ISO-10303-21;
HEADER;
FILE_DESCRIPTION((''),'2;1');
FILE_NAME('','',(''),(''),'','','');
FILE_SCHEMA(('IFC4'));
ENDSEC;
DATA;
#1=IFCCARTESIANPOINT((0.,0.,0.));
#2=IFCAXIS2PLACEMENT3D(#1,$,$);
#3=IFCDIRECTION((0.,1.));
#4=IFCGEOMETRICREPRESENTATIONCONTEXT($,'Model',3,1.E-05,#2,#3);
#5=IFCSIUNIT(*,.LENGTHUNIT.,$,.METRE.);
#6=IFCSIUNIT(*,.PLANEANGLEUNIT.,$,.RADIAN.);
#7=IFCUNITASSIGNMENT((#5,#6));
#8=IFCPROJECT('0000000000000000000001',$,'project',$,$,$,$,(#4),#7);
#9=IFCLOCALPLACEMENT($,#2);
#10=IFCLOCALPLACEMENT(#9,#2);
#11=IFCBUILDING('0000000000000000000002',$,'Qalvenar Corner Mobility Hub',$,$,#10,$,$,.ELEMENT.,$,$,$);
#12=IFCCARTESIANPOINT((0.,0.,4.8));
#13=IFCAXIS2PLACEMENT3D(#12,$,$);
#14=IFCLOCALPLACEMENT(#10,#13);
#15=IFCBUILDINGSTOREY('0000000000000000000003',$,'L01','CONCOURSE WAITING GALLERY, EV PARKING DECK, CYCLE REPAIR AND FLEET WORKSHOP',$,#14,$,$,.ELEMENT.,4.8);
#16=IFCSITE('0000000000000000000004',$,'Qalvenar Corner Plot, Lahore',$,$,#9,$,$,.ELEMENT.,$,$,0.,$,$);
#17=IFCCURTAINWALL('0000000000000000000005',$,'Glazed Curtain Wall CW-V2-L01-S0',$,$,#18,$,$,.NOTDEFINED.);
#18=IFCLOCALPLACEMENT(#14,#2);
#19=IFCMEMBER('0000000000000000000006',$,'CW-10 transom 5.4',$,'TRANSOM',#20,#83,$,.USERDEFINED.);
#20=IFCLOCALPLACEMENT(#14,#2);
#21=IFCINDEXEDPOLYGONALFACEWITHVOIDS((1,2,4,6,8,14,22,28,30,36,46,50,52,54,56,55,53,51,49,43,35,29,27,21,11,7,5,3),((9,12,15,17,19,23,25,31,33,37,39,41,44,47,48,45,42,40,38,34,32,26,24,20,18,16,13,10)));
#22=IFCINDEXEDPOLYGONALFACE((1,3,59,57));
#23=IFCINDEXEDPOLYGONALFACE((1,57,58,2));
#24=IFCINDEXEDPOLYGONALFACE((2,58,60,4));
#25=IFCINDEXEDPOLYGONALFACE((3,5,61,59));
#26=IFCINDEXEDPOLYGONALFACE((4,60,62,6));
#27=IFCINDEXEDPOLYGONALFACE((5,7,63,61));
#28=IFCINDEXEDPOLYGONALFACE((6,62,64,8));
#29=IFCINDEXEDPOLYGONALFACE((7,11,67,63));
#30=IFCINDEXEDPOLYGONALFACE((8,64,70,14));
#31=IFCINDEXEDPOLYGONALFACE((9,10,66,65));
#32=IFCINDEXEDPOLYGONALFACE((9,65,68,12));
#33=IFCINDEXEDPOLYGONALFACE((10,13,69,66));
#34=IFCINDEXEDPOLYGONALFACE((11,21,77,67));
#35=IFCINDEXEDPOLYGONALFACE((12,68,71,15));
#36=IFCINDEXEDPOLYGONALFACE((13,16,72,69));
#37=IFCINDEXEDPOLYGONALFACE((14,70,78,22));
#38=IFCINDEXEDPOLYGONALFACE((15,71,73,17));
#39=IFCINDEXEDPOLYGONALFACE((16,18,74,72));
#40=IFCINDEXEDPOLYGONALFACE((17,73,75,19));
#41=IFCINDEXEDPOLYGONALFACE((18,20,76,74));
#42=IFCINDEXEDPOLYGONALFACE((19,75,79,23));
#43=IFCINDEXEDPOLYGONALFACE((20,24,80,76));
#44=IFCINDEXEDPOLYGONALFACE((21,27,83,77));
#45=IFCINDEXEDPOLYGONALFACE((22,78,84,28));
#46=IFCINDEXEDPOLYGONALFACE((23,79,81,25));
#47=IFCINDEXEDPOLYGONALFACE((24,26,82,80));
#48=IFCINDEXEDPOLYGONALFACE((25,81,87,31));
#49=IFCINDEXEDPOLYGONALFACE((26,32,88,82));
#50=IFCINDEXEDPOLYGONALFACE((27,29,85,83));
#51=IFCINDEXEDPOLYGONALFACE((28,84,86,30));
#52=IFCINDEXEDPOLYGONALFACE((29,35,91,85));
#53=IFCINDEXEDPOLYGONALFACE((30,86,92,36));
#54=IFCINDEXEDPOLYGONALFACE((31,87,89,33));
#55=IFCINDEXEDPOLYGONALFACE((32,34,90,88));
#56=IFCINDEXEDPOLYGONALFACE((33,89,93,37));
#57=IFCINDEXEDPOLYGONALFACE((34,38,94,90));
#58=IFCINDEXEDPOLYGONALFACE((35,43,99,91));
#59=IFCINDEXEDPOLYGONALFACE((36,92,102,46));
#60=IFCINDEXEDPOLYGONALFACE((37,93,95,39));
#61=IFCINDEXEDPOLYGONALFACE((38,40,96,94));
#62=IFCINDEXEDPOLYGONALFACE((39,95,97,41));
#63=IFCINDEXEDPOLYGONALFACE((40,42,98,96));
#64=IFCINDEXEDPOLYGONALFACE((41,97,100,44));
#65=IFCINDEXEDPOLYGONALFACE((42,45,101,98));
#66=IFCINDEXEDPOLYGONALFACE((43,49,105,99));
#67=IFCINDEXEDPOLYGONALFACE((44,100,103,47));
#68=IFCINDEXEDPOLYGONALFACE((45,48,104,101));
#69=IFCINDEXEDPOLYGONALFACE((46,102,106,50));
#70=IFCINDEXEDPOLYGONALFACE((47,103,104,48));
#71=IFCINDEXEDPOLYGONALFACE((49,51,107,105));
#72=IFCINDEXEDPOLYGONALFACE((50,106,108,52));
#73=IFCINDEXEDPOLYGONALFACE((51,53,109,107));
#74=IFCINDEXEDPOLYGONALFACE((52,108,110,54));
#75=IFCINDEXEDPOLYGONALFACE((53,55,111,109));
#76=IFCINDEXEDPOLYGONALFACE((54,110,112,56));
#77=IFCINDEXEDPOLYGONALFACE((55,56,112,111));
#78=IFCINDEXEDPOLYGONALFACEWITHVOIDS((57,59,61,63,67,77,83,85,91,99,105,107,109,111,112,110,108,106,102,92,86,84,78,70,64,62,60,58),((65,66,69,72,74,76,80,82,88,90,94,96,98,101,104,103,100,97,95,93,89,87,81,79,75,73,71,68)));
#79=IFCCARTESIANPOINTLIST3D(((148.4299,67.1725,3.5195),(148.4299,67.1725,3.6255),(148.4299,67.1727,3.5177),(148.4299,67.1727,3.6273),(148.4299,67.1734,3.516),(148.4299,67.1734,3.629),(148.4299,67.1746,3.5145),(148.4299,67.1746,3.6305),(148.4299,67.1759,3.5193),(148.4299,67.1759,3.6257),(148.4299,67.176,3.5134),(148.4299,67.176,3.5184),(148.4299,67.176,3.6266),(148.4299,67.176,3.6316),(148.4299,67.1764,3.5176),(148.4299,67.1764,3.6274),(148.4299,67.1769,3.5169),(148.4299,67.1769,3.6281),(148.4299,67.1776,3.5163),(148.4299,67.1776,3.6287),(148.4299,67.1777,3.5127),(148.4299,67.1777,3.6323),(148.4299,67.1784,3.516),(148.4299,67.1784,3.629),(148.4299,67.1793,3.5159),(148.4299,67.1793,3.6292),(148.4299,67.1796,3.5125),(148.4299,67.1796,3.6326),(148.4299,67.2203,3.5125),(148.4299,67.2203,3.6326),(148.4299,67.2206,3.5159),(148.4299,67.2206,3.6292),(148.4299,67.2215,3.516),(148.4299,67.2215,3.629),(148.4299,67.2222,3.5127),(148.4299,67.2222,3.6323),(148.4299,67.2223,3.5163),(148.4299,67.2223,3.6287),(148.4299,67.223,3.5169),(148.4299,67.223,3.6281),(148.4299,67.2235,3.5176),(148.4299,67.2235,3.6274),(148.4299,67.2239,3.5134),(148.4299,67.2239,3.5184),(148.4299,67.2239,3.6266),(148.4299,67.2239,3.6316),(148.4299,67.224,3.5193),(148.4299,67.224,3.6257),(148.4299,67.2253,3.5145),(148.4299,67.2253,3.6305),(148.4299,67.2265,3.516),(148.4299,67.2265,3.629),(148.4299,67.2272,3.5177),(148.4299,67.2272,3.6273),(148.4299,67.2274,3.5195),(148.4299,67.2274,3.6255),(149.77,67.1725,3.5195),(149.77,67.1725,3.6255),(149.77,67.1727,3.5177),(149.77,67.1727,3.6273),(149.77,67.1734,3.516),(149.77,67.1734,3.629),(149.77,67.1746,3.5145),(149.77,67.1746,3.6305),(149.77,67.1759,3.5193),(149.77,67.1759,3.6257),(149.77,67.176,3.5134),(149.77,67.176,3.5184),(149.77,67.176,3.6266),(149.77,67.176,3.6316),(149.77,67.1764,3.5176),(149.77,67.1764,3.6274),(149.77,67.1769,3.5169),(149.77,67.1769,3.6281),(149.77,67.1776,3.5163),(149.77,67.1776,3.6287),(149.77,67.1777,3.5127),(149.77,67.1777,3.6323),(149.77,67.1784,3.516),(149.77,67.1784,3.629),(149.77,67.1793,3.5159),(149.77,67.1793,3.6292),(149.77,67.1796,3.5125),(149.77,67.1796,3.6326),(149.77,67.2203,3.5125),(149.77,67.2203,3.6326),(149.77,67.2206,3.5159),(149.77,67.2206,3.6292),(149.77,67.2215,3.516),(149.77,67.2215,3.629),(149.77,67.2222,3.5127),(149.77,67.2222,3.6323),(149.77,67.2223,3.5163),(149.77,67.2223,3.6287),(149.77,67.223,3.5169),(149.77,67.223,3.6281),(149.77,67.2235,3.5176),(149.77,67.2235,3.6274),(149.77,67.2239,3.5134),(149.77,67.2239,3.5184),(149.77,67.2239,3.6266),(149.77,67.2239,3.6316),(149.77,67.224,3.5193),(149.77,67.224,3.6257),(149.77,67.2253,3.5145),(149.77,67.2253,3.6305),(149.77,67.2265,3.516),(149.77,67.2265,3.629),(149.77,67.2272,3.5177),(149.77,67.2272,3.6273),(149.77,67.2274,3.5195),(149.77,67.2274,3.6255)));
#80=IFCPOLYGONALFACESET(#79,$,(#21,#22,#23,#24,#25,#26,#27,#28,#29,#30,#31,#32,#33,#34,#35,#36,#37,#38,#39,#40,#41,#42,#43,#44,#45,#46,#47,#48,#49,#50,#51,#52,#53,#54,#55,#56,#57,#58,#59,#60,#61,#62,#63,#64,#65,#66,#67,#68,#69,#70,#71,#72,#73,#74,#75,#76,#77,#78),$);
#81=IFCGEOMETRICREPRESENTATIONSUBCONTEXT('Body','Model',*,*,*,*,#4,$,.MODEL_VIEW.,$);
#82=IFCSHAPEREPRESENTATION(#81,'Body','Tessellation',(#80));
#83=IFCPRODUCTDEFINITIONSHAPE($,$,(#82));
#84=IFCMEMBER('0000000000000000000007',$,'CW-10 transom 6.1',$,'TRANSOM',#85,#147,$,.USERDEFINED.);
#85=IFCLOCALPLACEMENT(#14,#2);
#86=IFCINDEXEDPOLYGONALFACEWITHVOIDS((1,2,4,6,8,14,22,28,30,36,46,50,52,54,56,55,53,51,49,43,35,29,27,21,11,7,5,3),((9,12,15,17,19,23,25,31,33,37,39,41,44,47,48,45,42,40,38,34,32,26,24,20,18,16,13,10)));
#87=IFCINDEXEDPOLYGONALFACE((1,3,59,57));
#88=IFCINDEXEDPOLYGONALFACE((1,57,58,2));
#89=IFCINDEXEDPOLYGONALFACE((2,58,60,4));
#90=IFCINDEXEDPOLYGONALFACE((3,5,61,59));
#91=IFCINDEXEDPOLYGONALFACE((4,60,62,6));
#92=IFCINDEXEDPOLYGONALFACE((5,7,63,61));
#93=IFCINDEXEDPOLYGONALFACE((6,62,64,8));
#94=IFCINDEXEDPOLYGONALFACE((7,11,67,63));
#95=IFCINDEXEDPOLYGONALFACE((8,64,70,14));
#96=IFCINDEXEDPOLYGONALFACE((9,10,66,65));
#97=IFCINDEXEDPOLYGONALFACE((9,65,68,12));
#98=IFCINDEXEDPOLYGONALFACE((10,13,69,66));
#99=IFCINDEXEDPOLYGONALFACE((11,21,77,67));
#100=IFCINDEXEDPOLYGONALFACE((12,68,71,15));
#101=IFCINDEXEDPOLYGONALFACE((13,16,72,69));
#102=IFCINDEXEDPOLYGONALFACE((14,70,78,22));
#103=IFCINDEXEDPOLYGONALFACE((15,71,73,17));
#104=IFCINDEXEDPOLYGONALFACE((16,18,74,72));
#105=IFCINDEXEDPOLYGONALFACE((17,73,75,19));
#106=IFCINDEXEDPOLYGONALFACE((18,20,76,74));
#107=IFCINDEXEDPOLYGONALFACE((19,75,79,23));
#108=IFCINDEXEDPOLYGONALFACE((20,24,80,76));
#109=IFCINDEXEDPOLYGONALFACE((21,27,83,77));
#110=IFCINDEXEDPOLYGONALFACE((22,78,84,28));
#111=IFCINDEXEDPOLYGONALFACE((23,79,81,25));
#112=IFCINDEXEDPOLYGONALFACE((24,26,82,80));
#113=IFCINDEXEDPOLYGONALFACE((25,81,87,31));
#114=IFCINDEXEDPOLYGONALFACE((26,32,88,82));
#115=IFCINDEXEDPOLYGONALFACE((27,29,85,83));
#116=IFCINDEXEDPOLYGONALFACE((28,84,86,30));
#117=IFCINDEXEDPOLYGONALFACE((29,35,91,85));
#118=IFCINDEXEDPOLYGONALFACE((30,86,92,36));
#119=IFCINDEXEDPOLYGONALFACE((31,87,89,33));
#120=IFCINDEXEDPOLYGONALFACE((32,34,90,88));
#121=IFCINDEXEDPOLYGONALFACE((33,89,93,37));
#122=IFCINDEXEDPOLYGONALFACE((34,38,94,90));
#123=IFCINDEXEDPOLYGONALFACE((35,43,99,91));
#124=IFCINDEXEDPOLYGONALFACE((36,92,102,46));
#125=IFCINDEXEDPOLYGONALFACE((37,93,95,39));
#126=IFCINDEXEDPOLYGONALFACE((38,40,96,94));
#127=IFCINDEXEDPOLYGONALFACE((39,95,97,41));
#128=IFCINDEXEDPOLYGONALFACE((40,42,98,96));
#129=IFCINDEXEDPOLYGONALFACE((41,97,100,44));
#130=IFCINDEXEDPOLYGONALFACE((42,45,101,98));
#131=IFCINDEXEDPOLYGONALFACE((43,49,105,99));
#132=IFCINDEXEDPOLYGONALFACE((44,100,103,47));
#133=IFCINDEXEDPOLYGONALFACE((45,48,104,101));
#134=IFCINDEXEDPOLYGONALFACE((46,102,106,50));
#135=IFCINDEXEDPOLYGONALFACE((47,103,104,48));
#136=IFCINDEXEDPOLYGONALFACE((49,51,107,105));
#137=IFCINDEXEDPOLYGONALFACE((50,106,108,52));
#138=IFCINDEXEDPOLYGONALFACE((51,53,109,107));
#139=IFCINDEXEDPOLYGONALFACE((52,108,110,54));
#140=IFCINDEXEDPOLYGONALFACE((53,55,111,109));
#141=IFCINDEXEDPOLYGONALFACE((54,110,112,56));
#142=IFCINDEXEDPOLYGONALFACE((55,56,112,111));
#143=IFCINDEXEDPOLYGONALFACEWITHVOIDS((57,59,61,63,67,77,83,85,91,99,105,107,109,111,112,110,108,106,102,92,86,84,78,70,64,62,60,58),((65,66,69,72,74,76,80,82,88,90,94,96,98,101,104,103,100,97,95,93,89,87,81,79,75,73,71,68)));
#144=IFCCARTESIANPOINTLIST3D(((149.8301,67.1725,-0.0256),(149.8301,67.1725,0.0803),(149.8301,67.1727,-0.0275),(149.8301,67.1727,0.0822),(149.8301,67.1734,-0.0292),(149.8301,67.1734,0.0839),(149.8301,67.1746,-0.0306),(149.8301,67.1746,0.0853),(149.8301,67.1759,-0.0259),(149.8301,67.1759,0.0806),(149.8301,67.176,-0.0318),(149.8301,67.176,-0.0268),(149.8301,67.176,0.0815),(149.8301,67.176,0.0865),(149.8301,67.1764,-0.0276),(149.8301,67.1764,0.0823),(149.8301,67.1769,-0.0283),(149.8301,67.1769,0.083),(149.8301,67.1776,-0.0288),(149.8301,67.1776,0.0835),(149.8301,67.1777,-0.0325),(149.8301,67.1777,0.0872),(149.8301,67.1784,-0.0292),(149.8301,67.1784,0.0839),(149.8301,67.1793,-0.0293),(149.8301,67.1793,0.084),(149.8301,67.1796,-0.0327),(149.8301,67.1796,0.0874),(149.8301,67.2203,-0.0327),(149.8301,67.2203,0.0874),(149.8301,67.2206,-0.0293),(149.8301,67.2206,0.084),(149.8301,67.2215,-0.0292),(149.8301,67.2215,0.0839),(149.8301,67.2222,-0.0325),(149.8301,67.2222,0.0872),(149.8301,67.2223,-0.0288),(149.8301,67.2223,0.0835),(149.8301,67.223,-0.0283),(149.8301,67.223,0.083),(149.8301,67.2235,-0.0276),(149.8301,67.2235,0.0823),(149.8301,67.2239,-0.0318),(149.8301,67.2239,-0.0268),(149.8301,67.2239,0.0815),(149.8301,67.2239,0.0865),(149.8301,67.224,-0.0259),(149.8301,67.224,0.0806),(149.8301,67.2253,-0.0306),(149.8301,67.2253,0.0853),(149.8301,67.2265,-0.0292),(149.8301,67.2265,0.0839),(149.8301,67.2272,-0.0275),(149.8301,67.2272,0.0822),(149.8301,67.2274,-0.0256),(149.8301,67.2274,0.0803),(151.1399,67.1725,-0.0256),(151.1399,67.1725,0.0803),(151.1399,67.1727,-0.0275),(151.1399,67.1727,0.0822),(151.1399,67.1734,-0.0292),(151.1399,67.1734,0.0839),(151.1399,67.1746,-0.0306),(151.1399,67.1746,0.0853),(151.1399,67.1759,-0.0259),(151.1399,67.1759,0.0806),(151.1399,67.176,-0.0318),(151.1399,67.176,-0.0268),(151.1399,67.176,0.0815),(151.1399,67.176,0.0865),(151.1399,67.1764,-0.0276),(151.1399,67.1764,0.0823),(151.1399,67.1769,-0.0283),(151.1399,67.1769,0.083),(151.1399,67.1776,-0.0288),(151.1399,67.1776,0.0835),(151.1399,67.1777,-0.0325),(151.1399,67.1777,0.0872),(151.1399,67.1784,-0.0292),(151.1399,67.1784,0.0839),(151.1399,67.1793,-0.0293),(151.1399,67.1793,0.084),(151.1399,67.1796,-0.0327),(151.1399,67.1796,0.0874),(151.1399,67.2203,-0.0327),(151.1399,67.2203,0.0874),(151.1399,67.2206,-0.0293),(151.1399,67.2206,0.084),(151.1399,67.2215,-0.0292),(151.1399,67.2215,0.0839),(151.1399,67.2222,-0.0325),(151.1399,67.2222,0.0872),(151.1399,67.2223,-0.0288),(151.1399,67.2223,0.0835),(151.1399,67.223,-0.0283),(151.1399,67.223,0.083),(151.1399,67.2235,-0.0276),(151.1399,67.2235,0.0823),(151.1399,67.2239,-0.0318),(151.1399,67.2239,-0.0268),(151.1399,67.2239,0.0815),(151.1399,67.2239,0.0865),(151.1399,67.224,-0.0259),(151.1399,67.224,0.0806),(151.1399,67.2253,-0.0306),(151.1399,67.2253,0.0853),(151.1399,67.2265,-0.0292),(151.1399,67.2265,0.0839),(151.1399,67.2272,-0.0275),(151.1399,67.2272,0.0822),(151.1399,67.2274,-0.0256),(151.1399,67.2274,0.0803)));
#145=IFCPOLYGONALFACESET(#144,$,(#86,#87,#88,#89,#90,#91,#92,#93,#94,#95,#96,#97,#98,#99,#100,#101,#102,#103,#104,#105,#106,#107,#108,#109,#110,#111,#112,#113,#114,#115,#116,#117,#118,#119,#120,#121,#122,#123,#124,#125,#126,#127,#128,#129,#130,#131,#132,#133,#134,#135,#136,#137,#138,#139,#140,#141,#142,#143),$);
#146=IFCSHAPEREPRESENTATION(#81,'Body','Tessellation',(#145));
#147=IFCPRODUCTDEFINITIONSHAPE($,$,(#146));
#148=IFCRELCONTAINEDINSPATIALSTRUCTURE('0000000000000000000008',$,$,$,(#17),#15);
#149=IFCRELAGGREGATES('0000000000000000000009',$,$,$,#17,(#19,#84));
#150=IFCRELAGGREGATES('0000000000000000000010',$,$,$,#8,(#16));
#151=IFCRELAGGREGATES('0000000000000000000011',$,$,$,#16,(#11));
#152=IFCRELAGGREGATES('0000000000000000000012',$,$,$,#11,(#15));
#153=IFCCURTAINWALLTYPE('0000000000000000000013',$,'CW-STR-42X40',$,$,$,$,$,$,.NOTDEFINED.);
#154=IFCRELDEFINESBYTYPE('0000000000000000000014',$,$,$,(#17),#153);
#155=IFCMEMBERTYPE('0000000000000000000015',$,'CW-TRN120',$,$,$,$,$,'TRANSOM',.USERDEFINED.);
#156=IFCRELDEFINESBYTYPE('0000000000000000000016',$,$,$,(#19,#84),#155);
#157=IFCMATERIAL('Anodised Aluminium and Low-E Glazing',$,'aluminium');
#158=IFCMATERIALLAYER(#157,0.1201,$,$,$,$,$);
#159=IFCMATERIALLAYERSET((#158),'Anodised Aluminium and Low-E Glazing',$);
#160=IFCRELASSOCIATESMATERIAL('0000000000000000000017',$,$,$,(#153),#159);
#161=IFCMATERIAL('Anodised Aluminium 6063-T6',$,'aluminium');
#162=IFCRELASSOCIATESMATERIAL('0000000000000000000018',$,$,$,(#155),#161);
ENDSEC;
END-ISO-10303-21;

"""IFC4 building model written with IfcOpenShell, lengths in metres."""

from ifc_helpers import new_model, si_unit, direction, frame, origin, origin_2d, place, context, subcontext, project, spatial, hollow_rectangle, extrude, material, layer, layer_set, material_profile, profile_set, type_object, element, aggregate, save


model = new_model("IFC4")

# Units and contexts
model_context = context("Model", 3, precision=1e-05, world=origin(), true_north=direction((0.0, 1.0)))
body_context = subcontext(model_context, "Body", "Model", "MODEL_VIEW")
ifc_project = project(units=[si_unit("LENGTHUNIT", "METRE"), si_unit("PLANEANGLEUNIT", "RADIAN")], contexts=[model_context])

# Site, building, storey
site_placement = place(None, origin())
site = spatial("IfcSite", under=ifc_project, at=site_placement, Name="Qalvenar Corner Plot, Lahore", CompositionType="ELEMENT", RefElevation=0.0)
building_placement = place(site_placement, origin())
building = spatial("IfcBuilding", under=site, at=building_placement, Name="Qalvenar Corner Mobility Hub", CompositionType="ELEMENT")
storey_placement = place(building_placement, frame((0.0, 0.0, 4.8)))
storey = spatial("IfcBuildingStorey", under=building, at=storey_placement, Name="L01", Description="CONCOURSE WAITING GALLERY, EV PARKING DECK, CYCLE REPAIR AND FLEET WORKSHOP", CompositionType="ELEMENT", Elevation=4.8)

# Curtain wall
ifc_material_1 = material(Name="Anodised Aluminium and Low-E Glazing", Category="aluminium")
ifc_layer_1 = layer(ifc_material_1, 0.1201)
ifc_layer_set_1 = layer_set([ifc_layer_1], Name="Anodised Aluminium and Low-E Glazing")
curtain_wall_type = type_object("IfcCurtainWallType", Name="CW-STR-42X40", PredefinedType="NOTDEFINED", material=ifc_layer_set_1)
curtain_wall_1_placement = place(storey_placement, origin())
curtain_wall_1 = element("IfcCurtainWall", 1, at=curtain_wall_1_placement, inside=storey, type_object=curtain_wall_type, Name="Glazed Curtain Wall CW-V2-L01-S0", PredefinedType="NOTDEFINED")
ifc_material_2 = material(Name="Anodised Aluminium 6063-T6", Category="aluminium")

# Members
ifc_material_profile_1 = material_profile(ifc_material_2, hollow_rectangle(XDim=0.0549, YDim=0.1201, WallThickness=0.0034, InnerFilletRadius=0.0034, OuterFilletRadius=0.0071, at=origin_2d()), Name="RHS120x55x3.5")
ifc_profile_set_1 = profile_set([ifc_material_profile_1], Name="Anodised Aluminium 6063-T6")
member_type_1 = type_object("IfcMemberType", Name="CW-TRN120", ElementType="TRANSOM", PredefinedType="USERDEFINED", material=ifc_profile_set_1)
member_1_placement = place(storey_placement, frame((148.4299, 67.2, 3.5725), z_axis=(1.0, 0.0, 0.0), x_axis=(0.0, 1.0, 0.0)))
member_1 = element("IfcMember", 2, at=member_1_placement, type_object=member_type_1, Name="CW-10 transom 5.4", ObjectType="TRANSOM", PredefinedType="USERDEFINED", context=body_context, shape_type="SweptSolid", body=[
    extrude(hollow_rectangle(XDim=0.0549, YDim=0.1201, WallThickness=0.0034, InnerFilletRadius=0.0034, OuterFilletRadius=0.0071, at=origin_2d()), origin(), (0.0, 0.0, 1.0), 1.3401),
])
member_2_placement = place(storey_placement, frame((149.8301, 67.2, 0.0273), z_axis=(1.0, 0.0, 0.0), x_axis=(0.0, 1.0, 0.0)))
member_2 = element("IfcMember", 3, at=member_2_placement, type_object=member_type_1, Name="CW-10 transom 6.1", ObjectType="TRANSOM", PredefinedType="USERDEFINED", context=body_context, shape_type="SweptSolid", body=[
    extrude(hollow_rectangle(XDim=0.0549, YDim=0.1201, WallThickness=0.0034, InnerFilletRadius=0.0034, OuterFilletRadius=0.0071, at=origin_2d()), origin(), (0.0, 0.0, 1.0), 1.3098),
])

aggregate(curtain_wall_1, [member_1, member_2])

save(model, "model.ifc")
